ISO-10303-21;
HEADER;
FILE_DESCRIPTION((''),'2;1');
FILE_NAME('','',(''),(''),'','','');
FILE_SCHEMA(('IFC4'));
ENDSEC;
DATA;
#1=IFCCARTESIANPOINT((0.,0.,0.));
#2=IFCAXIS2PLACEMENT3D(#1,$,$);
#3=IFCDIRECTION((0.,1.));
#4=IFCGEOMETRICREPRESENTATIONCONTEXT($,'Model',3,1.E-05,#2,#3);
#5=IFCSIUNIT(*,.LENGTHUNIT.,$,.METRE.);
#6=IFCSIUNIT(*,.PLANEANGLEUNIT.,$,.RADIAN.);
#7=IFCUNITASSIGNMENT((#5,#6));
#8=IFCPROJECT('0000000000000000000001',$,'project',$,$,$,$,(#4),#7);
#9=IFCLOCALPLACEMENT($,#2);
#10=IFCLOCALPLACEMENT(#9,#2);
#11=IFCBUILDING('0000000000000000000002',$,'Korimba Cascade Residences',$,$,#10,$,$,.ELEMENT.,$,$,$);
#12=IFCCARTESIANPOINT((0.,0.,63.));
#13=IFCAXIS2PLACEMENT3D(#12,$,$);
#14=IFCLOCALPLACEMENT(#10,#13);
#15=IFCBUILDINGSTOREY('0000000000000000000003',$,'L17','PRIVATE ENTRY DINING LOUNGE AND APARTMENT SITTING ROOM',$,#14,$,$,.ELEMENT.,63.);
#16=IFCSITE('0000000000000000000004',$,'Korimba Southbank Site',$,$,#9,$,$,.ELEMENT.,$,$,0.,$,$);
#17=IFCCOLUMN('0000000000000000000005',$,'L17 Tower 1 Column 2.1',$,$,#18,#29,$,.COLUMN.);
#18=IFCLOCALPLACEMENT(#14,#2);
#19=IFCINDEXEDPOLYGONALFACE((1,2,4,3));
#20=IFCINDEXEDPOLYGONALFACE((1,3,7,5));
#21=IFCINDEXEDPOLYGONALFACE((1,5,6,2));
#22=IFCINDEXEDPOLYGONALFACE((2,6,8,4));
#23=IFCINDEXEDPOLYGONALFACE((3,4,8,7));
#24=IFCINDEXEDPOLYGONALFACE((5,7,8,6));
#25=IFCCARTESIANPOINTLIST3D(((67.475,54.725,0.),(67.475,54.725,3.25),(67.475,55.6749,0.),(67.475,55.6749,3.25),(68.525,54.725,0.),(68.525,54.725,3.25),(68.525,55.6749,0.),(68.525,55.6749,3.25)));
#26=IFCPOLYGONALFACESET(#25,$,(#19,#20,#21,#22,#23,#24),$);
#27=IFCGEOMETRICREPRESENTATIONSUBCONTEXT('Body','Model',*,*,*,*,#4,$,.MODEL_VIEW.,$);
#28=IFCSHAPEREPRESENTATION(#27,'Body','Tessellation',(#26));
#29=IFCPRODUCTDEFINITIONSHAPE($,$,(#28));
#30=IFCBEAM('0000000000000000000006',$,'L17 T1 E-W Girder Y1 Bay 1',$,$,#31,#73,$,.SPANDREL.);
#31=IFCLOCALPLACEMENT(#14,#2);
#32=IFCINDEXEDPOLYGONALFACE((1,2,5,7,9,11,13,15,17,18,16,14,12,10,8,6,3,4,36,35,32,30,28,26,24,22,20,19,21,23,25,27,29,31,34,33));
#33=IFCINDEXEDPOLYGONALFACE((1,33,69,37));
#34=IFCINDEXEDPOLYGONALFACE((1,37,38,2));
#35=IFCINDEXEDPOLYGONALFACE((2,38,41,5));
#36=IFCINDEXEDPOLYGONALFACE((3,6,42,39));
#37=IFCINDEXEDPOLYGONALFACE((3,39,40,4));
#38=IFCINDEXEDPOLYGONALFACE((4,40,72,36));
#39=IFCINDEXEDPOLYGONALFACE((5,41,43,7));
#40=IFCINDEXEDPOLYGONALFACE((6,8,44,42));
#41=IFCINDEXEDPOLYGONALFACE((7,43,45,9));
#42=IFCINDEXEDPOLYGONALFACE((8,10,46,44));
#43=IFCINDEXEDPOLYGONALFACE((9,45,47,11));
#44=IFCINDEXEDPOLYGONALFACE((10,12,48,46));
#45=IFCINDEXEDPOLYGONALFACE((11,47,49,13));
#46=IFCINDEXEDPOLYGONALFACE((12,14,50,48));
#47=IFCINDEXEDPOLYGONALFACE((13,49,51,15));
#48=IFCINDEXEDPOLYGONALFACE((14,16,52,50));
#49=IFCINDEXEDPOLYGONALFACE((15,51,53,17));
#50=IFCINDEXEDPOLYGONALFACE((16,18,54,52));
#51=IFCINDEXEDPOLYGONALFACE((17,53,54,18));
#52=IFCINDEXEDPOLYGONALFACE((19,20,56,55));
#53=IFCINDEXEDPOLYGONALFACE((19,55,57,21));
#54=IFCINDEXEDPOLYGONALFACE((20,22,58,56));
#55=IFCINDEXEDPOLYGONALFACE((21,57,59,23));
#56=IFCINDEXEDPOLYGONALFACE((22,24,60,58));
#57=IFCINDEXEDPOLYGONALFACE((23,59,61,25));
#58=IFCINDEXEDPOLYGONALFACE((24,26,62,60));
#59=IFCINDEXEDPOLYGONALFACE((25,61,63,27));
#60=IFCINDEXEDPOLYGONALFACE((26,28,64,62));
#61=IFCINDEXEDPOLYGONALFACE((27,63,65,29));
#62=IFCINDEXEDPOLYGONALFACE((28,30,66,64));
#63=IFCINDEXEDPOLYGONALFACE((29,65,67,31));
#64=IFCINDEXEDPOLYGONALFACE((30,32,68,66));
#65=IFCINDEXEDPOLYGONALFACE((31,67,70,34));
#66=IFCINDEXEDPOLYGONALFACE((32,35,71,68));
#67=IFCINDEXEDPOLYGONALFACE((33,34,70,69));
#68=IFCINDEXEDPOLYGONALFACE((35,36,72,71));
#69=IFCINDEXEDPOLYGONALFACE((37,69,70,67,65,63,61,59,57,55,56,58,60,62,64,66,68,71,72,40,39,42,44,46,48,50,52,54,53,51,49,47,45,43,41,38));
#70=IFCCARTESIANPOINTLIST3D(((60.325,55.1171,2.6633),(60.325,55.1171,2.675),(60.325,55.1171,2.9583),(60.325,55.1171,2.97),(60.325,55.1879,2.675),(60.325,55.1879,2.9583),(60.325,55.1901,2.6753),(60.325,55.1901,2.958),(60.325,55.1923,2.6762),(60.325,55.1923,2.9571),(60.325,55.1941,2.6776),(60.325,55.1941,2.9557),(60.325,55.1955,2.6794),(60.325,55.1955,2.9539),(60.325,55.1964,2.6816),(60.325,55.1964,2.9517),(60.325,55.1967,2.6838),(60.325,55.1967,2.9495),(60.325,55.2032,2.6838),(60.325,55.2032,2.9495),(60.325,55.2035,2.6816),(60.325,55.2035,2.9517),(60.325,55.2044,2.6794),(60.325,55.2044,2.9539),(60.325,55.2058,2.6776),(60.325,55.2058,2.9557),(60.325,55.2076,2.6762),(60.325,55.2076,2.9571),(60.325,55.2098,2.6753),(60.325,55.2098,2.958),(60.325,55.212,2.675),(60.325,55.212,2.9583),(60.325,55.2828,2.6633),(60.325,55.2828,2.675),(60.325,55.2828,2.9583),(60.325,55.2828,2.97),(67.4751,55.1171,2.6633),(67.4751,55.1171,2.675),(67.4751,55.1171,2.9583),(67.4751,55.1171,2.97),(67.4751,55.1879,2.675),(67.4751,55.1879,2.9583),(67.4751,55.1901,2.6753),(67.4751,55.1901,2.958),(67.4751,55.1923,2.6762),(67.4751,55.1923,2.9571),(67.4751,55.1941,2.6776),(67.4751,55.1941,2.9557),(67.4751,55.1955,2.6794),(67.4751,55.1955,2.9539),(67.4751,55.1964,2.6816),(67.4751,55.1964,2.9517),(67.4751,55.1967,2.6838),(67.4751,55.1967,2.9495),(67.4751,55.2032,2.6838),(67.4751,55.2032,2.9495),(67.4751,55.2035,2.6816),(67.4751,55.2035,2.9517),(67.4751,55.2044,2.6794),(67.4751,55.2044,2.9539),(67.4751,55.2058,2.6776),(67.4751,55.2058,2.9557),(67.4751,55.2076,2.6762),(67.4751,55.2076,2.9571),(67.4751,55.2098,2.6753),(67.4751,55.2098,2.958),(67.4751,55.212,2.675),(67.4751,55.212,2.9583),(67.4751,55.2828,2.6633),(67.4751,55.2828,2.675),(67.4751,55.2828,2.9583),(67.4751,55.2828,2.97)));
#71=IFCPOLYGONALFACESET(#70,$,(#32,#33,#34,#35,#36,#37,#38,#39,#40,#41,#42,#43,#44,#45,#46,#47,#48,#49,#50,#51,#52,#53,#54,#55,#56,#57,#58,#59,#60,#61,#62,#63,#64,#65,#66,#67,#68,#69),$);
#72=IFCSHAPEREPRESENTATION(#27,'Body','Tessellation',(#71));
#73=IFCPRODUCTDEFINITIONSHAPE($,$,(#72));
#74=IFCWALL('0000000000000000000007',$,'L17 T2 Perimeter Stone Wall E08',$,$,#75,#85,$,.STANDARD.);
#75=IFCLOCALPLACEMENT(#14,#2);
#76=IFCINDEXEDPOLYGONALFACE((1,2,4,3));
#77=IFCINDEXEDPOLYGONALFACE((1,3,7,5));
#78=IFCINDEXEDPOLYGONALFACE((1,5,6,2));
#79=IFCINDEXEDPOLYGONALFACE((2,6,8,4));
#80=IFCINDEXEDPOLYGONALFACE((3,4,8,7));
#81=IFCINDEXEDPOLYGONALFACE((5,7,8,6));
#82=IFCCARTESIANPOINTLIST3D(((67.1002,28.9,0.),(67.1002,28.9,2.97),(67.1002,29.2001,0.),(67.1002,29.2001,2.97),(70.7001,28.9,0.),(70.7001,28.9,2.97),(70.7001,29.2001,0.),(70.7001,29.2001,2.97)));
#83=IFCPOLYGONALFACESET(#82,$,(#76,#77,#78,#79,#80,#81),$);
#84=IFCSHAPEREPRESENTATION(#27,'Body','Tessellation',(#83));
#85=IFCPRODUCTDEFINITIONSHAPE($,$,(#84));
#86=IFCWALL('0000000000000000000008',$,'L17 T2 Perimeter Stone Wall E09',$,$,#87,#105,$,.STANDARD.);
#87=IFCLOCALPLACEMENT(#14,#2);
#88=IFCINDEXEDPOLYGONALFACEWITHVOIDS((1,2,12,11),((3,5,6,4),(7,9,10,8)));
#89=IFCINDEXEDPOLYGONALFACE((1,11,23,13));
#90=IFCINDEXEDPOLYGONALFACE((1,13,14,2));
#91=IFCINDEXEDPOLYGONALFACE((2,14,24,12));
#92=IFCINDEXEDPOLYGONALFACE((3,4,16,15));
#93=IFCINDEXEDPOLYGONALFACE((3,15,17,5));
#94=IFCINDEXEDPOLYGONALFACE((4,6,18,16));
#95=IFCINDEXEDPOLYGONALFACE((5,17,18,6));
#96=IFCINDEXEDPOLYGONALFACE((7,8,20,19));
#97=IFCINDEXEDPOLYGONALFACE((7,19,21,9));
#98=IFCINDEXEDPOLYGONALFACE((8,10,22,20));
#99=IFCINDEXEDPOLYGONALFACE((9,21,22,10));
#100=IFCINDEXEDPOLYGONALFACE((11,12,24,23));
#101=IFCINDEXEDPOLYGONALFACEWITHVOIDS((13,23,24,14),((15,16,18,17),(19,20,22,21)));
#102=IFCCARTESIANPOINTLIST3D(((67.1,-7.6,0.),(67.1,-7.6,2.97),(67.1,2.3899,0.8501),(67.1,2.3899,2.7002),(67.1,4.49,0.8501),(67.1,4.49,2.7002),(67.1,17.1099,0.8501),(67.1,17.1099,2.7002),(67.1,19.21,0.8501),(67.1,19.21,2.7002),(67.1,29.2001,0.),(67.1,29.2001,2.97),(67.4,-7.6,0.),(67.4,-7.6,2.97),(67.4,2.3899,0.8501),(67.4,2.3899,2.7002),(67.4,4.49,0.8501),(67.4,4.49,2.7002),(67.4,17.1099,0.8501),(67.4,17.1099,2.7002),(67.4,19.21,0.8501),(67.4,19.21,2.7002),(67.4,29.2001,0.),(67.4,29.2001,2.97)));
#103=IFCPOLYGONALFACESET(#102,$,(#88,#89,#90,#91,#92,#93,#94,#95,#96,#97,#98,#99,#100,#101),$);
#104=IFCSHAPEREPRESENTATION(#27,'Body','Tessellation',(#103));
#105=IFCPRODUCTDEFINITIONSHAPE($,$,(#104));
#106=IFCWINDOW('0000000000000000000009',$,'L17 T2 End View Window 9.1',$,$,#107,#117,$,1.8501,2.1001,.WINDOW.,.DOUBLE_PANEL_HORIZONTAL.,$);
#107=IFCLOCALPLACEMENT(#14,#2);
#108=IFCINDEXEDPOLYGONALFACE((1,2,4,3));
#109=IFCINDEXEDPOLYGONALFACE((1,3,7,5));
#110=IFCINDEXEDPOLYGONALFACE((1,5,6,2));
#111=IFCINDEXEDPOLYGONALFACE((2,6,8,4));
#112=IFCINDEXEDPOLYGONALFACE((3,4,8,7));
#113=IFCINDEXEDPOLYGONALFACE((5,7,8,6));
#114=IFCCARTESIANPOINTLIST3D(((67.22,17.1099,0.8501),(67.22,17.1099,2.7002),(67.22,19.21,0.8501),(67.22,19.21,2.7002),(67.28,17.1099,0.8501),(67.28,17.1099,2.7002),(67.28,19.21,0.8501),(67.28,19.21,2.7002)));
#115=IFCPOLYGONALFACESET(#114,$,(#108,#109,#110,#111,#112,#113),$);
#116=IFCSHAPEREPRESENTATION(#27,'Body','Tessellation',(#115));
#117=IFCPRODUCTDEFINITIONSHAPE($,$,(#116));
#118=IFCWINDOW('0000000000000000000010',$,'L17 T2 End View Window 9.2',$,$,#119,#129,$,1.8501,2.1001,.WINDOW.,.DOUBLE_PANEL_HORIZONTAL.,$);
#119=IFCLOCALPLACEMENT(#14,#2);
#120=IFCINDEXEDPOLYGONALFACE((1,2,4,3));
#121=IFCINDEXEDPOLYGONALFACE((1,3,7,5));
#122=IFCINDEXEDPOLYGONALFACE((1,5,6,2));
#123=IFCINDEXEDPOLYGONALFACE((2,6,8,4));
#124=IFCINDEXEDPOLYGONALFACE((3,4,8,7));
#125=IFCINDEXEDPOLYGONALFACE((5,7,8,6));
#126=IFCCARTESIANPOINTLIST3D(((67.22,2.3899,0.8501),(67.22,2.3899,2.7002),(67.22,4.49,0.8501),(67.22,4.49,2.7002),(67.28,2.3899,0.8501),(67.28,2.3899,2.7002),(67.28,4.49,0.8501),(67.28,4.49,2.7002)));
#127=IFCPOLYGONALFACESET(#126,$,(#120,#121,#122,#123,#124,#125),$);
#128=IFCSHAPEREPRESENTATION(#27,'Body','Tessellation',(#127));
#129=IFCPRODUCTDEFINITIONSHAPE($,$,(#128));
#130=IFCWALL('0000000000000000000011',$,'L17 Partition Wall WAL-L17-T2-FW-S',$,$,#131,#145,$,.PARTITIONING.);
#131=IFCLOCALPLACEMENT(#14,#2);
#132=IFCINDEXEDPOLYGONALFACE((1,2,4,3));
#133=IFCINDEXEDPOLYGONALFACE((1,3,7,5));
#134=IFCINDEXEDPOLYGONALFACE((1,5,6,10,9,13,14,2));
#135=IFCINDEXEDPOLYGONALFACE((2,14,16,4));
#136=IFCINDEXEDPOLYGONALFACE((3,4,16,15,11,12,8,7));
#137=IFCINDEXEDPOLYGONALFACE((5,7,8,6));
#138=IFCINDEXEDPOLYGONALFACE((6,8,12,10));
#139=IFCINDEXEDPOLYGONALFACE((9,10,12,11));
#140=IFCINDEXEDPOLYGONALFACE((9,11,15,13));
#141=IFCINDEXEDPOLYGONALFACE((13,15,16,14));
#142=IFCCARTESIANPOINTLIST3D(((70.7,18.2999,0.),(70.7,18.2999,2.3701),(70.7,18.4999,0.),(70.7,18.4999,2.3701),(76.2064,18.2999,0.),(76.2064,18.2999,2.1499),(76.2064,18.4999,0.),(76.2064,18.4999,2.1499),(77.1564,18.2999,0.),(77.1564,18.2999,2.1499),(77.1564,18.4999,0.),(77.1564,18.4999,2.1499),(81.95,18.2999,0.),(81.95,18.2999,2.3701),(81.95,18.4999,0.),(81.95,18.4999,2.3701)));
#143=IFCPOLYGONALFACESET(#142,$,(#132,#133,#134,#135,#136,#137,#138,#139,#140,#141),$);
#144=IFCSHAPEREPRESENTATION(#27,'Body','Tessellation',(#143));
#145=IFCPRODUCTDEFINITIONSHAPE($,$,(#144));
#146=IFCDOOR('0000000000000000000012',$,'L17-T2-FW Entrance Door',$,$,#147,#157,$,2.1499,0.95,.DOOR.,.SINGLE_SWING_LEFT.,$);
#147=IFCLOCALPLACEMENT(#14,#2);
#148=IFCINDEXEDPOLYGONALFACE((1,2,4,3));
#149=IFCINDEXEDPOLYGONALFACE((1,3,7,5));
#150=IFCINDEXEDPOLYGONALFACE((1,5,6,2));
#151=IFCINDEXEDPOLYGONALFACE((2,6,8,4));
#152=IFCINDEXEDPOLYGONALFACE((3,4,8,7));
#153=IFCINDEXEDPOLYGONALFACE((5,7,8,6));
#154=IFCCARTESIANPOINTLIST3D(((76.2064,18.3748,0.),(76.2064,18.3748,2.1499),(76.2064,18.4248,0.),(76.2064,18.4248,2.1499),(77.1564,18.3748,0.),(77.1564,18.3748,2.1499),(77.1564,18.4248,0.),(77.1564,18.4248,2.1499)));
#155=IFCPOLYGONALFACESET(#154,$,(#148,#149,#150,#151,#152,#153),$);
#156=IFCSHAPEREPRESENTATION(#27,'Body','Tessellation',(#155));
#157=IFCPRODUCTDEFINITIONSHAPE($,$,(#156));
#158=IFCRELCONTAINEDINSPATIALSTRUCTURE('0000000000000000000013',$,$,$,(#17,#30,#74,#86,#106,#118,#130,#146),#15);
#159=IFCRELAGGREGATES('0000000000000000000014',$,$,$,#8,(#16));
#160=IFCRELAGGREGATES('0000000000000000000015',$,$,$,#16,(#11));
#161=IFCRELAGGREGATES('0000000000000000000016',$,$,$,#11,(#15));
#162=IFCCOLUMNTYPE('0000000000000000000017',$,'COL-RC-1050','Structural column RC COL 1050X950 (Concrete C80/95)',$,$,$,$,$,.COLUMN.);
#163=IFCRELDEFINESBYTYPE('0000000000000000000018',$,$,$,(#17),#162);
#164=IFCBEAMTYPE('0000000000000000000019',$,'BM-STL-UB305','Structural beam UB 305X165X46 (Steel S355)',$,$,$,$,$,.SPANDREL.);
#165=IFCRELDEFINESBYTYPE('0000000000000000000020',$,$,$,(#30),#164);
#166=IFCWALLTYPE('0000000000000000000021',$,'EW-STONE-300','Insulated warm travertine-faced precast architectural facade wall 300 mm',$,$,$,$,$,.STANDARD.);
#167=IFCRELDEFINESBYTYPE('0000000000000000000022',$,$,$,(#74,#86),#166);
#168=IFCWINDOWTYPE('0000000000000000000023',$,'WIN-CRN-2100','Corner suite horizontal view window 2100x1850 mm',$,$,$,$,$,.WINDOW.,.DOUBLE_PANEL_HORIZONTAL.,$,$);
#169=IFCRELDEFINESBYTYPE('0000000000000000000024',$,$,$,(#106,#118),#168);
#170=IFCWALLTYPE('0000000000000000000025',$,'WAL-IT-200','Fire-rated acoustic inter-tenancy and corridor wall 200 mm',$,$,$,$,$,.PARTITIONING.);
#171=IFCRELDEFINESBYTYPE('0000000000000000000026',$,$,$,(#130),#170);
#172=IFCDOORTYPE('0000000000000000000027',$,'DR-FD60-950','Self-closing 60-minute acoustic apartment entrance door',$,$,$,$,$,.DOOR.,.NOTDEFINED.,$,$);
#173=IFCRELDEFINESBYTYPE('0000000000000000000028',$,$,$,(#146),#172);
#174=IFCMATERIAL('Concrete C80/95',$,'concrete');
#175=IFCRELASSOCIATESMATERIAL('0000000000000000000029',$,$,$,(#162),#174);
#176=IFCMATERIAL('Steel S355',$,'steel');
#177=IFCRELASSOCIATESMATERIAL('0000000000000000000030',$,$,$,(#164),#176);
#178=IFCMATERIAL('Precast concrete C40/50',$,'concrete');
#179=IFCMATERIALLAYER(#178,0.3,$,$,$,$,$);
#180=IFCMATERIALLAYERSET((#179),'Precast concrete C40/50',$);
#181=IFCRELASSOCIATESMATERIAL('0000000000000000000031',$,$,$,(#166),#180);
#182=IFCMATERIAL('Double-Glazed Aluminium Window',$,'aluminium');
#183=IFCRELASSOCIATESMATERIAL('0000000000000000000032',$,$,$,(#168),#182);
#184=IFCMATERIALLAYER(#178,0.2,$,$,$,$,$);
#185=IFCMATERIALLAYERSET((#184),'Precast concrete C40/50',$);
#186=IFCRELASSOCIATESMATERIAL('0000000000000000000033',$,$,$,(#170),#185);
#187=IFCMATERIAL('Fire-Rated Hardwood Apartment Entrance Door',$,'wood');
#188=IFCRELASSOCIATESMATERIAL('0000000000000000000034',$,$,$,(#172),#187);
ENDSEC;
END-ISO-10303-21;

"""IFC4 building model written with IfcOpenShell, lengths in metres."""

from ifc_helpers import new_model, si_unit, direction, frame, frame_2d, origin, origin_2d, place, context, subcontext, project, spatial, rectangle, i_section, extrude, material, layer, layer_set, material_profile, profile_set, type_object, element, fill, save


model = new_model("IFC4")

# Units and contexts
model_context = context("Model", 3, precision=1e-05, world=origin(), true_north=direction((0.0, 1.0)))
body_context = subcontext(model_context, "Body", "Model", "MODEL_VIEW")
ifc_project = project(units=[si_unit("LENGTHUNIT", "METRE"), si_unit("PLANEANGLEUNIT", "RADIAN")], contexts=[model_context])

# Site, building, storey
site_placement = place(None, origin())
site = spatial("IfcSite", under=ifc_project, at=site_placement, Name="Korimba Southbank Site", CompositionType="ELEMENT", RefElevation=0.0)
building_placement = place(site_placement, origin())
building = spatial("IfcBuilding", under=site, at=building_placement, Name="Korimba Cascade Residences", CompositionType="ELEMENT")
storey_placement = place(building_placement, frame((0.0, 0.0, 63.0)))
storey = spatial("IfcBuildingStorey", under=building, at=storey_placement, Name="L17", Description="PRIVATE ENTRY DINING LOUNGE AND APARTMENT SITTING ROOM", CompositionType="ELEMENT", Elevation=63.0)

# Column
ifc_material_1 = material(Name="Concrete C80/95", Category="concrete")
ifc_material_profile_1 = material_profile(ifc_material_1, rectangle(XDim=1.05, YDim=0.95, at=origin_2d()), Name="Concrete C80/95")
ifc_profile_set_1 = profile_set([ifc_material_profile_1], Name="Concrete C80/95")
column_type = type_object("IfcColumnType", Name="COL-RC-1050", Description="Structural column RC COL 1050X950 (Concrete C80/95)", PredefinedType="COLUMN", material=ifc_profile_set_1)
column_placement = place(storey_placement, frame((68.0, 55.2, 0.0), z_axis=(0.0, 0.0, 1.0), x_axis=(1.0, 0.0, 0.0)))
element("IfcColumn", 1, at=column_placement, inside=storey, type_object=column_type, Name="L17 Tower 1 Column 2.1", PredefinedType="COLUMN", context=body_context, shape_type="SweptSolid", body=[
    extrude(rectangle(XDim=1.05, YDim=0.95, at=origin_2d()), origin(), (0.0, 0.0, 1.0), 3.25),
])

# Beam
ifc_material_2 = material(Name="Steel S355", Category="steel")
ifc_material_profile_2 = material_profile(ifc_material_2, i_section(OverallWidth=0.1658, OverallDepth=0.3066, WebThickness=0.0066, FlangeThickness=0.0117, FilletRadius=0.0088, at=origin_2d()), Name="Steel S355")
ifc_profile_set_2 = profile_set([ifc_material_profile_2], Name="Steel S355")
beam_type = type_object("IfcBeamType", Name="BM-STL-UB305", Description="Structural beam UB 305X165X46 (Steel S355)", PredefinedType="SPANDREL", material=ifc_profile_set_2)
beam_placement = place(storey_placement, frame((60.325, 55.2, 2.8167), z_axis=(1.0, 0.0, 0.0), x_axis=(0.0, 1.0, 0.0)))
element("IfcBeam", 2, at=beam_placement, inside=storey, type_object=beam_type, Name="L17 T1 E-W Girder Y1 Bay 1", PredefinedType="SPANDREL", context=body_context, shape_type="SweptSolid", body=[
    extrude(i_section(OverallWidth=0.1658, OverallDepth=0.3066, WebThickness=0.0066, FlangeThickness=0.0117, FilletRadius=0.0088, at=origin_2d()), origin(), (0.0, 0.0, 1.0), 7.1501),
])

# Wall
ifc_material_3 = material(Name="Precast concrete C40/50", Category="concrete")
ifc_layer_1 = layer(ifc_material_3, 0.3)
ifc_layer_set_1 = layer_set([ifc_layer_1], Name="Precast concrete C40/50")
wall_type_1 = type_object("IfcWallType", Name="EW-STONE-300", Description="Insulated warm travertine-faced precast architectural facade wall 300 mm", PredefinedType="STANDARD", material=ifc_layer_set_1)
wall_1_placement = place(storey_placement, frame((70.7, 29.05, 0.0), z_axis=(0.0, 0.0, 1.0), x_axis=(-1.0, 0.0, 0.0)))
element("IfcWall", 3, at=wall_1_placement, inside=storey, type_object=wall_type_1, Name="L17 T2 Perimeter Stone Wall E08", PredefinedType="STANDARD", context=body_context, shape_type="SweptSolid", body=[
    extrude(rectangle(XDim=3.5999, YDim=0.3, at=frame_2d((1.7998, 0.0))), origin(), (0.0, 0.0, 1.0), 2.97),
])

# Wall, openings, windows
wall_2_placement = place(storey_placement, frame((67.25, 29.2, 0.0), z_axis=(0.0, 0.0, 1.0), x_axis=(0.0, -1.0, 0.0)))
wall_2 = element("IfcWall", 4, at=wall_2_placement, inside=storey, type_object=wall_type_1, Name="L17 T2 Perimeter Stone Wall E09", PredefinedType="STANDARD", context=body_context, shape_type="SweptSolid", body=[
    extrude(rectangle(XDim=36.8, YDim=0.3, at=frame_2d((18.3999, 0.0))), origin(), (0.0, 0.0, 1.0), 2.97),
])
opening_1_placement = place(wall_2_placement, frame((9.99, 0.0, 0.8501)))
opening_1 = element("IfcOpeningElement", 5, at=opening_1_placement, cuts=wall_2, PredefinedType="OPENING", context=body_context, shape_type="SweptSolid", body=[
    extrude(rectangle(XDim=2.1001, YDim=1.8501, at=frame_2d((1.05, 0.925))), frame((0.0, 0.1602, 0.0), z_axis=(0.0, -1.0, 0.0), x_axis=(1.0, 0.0, 0.0)), (0.0, 0.0, 1.0), 0.3201),
])
opening_2_placement = place(wall_2_placement, frame((24.71, 0.0, 0.8501)))
opening_2 = element("IfcOpeningElement", 6, at=opening_2_placement, cuts=wall_2, PredefinedType="OPENING", context=body_context, shape_type="SweptSolid", body=[
    extrude(rectangle(XDim=2.1001, YDim=1.8501, at=frame_2d((1.05, 0.925))), frame((0.0, 0.1602, 0.0), z_axis=(0.0, -1.0, 0.0), x_axis=(1.0, 0.0, 0.0)), (0.0, 0.0, 1.0), 0.3201),
])
ifc_material_4 = material(Name="Double-Glazed Aluminium Window", Category="aluminium")
window_type = type_object("IfcWindowType", Name="WIN-CRN-2100", Description="Corner suite horizontal view window 2100x1850 mm", PartitioningType="DOUBLE_PANEL_HORIZONTAL", PredefinedType="WINDOW", material=ifc_material_4)
window_1_placement = place(opening_1_placement, origin())
window_1 = element("IfcWindow", 7, at=window_1_placement, inside=storey, type_object=window_type, Name="L17 T2 End View Window 9.1", OverallHeight=1.8501, OverallWidth=2.1001, PartitioningType="DOUBLE_PANEL_HORIZONTAL", PredefinedType="WINDOW", context=body_context, shape_type="SweptSolid", body=[
    extrude(rectangle(XDim=2.1001, YDim=1.8501, at=frame_2d((1.05, 0.925))), frame((0.0, 0.03, 0.0), z_axis=(0.0, -1.0, 0.0), x_axis=(1.0, 0.0, 0.0)), (0.0, 0.0, 1.0), 0.0601),
])
fill(opening_1, window_1)
window_2_placement = place(opening_2_placement, origin())
window_2 = element("IfcWindow", 8, at=window_2_placement, inside=storey, type_object=window_type, Name="L17 T2 End View Window 9.2", OverallHeight=1.8501, OverallWidth=2.1001, PartitioningType="DOUBLE_PANEL_HORIZONTAL", PredefinedType="WINDOW", context=body_context, shape_type="SweptSolid", body=[
    extrude(rectangle(XDim=2.1001, YDim=1.8501, at=frame_2d((1.05, 0.925))), frame((0.0, 0.03, 0.0), z_axis=(0.0, -1.0, 0.0), x_axis=(1.0, 0.0, 0.0)), (0.0, 0.0, 1.0), 0.0601),
])
fill(opening_2, window_2)

# Wall, opening, door
ifc_layer_2 = layer(ifc_material_3, 0.2)
ifc_layer_set_2 = layer_set([ifc_layer_2], Name="Precast concrete C40/50")
wall_type_2 = type_object("IfcWallType", Name="WAL-IT-200", Description="Fire-rated acoustic inter-tenancy and corridor wall 200 mm", PredefinedType="PARTITIONING", material=ifc_layer_set_2)
wall_3_placement = place(storey_placement, frame((70.7, 18.3999, 0.0), z_axis=(0.0, 0.0, 1.0), x_axis=(1.0, 0.0, 0.0)))
wall_3 = element("IfcWall", 9, at=wall_3_placement, inside=storey, type_object=wall_type_2, Name="L17 Partition Wall WAL-L17-T2-FW-S", PredefinedType="PARTITIONING", context=body_context, shape_type="SweptSolid", body=[
    extrude(rectangle(XDim=11.25, YDim=0.2, at=frame_2d((5.625, 0.0))), origin(), (0.0, 0.0, 1.0), 2.3701),
])
opening_3_placement = place(wall_3_placement, frame((5.5063, 0.0, 0.0)))
opening_3 = element("IfcOpeningElement", 10, at=opening_3_placement, cuts=wall_3, PredefinedType="OPENING", context=body_context, shape_type="SweptSolid", body=[
    extrude(rectangle(XDim=0.95, YDim=2.1499, at=frame_2d((0.4751, 1.075))), frame((0.0, 0.1099, 0.0), z_axis=(0.0, -1.0, 0.0), x_axis=(1.0, 0.0, 0.0)), (0.0, 0.0, 1.0), 0.22),
])
ifc_material_5 = material(Name="Fire-Rated Hardwood Apartment Entrance Door", Category="wood")
door_type_1 = type_object("IfcDoorType", Name="DR-FD60-950", Description="Self-closing 60-minute acoustic apartment entrance door", OperationType="NOTDEFINED", PredefinedType="DOOR", material=ifc_material_5)
door_1_placement = place(opening_3_placement, origin())
door_1 = element("IfcDoor", 11, at=door_1_placement, inside=storey, type_object=door_type_1, Name="L17-T2-FW Entrance Door", OperationType="SINGLE_SWING_LEFT", OverallHeight=2.1499, OverallWidth=0.95, PredefinedType="DOOR", context=body_context, shape_type="SweptSolid", body=[
    extrude(rectangle(XDim=0.95, YDim=2.1499, at=frame_2d((0.4751, 1.075))), frame((0.0, 0.0249, 0.0), z_axis=(0.0, -1.0, 0.0), x_axis=(1.0, 0.0, 0.0)), (0.0, 0.0, 1.0), 0.05),
])
fill(opening_3, door_1)

save(model, "model.ifc")
